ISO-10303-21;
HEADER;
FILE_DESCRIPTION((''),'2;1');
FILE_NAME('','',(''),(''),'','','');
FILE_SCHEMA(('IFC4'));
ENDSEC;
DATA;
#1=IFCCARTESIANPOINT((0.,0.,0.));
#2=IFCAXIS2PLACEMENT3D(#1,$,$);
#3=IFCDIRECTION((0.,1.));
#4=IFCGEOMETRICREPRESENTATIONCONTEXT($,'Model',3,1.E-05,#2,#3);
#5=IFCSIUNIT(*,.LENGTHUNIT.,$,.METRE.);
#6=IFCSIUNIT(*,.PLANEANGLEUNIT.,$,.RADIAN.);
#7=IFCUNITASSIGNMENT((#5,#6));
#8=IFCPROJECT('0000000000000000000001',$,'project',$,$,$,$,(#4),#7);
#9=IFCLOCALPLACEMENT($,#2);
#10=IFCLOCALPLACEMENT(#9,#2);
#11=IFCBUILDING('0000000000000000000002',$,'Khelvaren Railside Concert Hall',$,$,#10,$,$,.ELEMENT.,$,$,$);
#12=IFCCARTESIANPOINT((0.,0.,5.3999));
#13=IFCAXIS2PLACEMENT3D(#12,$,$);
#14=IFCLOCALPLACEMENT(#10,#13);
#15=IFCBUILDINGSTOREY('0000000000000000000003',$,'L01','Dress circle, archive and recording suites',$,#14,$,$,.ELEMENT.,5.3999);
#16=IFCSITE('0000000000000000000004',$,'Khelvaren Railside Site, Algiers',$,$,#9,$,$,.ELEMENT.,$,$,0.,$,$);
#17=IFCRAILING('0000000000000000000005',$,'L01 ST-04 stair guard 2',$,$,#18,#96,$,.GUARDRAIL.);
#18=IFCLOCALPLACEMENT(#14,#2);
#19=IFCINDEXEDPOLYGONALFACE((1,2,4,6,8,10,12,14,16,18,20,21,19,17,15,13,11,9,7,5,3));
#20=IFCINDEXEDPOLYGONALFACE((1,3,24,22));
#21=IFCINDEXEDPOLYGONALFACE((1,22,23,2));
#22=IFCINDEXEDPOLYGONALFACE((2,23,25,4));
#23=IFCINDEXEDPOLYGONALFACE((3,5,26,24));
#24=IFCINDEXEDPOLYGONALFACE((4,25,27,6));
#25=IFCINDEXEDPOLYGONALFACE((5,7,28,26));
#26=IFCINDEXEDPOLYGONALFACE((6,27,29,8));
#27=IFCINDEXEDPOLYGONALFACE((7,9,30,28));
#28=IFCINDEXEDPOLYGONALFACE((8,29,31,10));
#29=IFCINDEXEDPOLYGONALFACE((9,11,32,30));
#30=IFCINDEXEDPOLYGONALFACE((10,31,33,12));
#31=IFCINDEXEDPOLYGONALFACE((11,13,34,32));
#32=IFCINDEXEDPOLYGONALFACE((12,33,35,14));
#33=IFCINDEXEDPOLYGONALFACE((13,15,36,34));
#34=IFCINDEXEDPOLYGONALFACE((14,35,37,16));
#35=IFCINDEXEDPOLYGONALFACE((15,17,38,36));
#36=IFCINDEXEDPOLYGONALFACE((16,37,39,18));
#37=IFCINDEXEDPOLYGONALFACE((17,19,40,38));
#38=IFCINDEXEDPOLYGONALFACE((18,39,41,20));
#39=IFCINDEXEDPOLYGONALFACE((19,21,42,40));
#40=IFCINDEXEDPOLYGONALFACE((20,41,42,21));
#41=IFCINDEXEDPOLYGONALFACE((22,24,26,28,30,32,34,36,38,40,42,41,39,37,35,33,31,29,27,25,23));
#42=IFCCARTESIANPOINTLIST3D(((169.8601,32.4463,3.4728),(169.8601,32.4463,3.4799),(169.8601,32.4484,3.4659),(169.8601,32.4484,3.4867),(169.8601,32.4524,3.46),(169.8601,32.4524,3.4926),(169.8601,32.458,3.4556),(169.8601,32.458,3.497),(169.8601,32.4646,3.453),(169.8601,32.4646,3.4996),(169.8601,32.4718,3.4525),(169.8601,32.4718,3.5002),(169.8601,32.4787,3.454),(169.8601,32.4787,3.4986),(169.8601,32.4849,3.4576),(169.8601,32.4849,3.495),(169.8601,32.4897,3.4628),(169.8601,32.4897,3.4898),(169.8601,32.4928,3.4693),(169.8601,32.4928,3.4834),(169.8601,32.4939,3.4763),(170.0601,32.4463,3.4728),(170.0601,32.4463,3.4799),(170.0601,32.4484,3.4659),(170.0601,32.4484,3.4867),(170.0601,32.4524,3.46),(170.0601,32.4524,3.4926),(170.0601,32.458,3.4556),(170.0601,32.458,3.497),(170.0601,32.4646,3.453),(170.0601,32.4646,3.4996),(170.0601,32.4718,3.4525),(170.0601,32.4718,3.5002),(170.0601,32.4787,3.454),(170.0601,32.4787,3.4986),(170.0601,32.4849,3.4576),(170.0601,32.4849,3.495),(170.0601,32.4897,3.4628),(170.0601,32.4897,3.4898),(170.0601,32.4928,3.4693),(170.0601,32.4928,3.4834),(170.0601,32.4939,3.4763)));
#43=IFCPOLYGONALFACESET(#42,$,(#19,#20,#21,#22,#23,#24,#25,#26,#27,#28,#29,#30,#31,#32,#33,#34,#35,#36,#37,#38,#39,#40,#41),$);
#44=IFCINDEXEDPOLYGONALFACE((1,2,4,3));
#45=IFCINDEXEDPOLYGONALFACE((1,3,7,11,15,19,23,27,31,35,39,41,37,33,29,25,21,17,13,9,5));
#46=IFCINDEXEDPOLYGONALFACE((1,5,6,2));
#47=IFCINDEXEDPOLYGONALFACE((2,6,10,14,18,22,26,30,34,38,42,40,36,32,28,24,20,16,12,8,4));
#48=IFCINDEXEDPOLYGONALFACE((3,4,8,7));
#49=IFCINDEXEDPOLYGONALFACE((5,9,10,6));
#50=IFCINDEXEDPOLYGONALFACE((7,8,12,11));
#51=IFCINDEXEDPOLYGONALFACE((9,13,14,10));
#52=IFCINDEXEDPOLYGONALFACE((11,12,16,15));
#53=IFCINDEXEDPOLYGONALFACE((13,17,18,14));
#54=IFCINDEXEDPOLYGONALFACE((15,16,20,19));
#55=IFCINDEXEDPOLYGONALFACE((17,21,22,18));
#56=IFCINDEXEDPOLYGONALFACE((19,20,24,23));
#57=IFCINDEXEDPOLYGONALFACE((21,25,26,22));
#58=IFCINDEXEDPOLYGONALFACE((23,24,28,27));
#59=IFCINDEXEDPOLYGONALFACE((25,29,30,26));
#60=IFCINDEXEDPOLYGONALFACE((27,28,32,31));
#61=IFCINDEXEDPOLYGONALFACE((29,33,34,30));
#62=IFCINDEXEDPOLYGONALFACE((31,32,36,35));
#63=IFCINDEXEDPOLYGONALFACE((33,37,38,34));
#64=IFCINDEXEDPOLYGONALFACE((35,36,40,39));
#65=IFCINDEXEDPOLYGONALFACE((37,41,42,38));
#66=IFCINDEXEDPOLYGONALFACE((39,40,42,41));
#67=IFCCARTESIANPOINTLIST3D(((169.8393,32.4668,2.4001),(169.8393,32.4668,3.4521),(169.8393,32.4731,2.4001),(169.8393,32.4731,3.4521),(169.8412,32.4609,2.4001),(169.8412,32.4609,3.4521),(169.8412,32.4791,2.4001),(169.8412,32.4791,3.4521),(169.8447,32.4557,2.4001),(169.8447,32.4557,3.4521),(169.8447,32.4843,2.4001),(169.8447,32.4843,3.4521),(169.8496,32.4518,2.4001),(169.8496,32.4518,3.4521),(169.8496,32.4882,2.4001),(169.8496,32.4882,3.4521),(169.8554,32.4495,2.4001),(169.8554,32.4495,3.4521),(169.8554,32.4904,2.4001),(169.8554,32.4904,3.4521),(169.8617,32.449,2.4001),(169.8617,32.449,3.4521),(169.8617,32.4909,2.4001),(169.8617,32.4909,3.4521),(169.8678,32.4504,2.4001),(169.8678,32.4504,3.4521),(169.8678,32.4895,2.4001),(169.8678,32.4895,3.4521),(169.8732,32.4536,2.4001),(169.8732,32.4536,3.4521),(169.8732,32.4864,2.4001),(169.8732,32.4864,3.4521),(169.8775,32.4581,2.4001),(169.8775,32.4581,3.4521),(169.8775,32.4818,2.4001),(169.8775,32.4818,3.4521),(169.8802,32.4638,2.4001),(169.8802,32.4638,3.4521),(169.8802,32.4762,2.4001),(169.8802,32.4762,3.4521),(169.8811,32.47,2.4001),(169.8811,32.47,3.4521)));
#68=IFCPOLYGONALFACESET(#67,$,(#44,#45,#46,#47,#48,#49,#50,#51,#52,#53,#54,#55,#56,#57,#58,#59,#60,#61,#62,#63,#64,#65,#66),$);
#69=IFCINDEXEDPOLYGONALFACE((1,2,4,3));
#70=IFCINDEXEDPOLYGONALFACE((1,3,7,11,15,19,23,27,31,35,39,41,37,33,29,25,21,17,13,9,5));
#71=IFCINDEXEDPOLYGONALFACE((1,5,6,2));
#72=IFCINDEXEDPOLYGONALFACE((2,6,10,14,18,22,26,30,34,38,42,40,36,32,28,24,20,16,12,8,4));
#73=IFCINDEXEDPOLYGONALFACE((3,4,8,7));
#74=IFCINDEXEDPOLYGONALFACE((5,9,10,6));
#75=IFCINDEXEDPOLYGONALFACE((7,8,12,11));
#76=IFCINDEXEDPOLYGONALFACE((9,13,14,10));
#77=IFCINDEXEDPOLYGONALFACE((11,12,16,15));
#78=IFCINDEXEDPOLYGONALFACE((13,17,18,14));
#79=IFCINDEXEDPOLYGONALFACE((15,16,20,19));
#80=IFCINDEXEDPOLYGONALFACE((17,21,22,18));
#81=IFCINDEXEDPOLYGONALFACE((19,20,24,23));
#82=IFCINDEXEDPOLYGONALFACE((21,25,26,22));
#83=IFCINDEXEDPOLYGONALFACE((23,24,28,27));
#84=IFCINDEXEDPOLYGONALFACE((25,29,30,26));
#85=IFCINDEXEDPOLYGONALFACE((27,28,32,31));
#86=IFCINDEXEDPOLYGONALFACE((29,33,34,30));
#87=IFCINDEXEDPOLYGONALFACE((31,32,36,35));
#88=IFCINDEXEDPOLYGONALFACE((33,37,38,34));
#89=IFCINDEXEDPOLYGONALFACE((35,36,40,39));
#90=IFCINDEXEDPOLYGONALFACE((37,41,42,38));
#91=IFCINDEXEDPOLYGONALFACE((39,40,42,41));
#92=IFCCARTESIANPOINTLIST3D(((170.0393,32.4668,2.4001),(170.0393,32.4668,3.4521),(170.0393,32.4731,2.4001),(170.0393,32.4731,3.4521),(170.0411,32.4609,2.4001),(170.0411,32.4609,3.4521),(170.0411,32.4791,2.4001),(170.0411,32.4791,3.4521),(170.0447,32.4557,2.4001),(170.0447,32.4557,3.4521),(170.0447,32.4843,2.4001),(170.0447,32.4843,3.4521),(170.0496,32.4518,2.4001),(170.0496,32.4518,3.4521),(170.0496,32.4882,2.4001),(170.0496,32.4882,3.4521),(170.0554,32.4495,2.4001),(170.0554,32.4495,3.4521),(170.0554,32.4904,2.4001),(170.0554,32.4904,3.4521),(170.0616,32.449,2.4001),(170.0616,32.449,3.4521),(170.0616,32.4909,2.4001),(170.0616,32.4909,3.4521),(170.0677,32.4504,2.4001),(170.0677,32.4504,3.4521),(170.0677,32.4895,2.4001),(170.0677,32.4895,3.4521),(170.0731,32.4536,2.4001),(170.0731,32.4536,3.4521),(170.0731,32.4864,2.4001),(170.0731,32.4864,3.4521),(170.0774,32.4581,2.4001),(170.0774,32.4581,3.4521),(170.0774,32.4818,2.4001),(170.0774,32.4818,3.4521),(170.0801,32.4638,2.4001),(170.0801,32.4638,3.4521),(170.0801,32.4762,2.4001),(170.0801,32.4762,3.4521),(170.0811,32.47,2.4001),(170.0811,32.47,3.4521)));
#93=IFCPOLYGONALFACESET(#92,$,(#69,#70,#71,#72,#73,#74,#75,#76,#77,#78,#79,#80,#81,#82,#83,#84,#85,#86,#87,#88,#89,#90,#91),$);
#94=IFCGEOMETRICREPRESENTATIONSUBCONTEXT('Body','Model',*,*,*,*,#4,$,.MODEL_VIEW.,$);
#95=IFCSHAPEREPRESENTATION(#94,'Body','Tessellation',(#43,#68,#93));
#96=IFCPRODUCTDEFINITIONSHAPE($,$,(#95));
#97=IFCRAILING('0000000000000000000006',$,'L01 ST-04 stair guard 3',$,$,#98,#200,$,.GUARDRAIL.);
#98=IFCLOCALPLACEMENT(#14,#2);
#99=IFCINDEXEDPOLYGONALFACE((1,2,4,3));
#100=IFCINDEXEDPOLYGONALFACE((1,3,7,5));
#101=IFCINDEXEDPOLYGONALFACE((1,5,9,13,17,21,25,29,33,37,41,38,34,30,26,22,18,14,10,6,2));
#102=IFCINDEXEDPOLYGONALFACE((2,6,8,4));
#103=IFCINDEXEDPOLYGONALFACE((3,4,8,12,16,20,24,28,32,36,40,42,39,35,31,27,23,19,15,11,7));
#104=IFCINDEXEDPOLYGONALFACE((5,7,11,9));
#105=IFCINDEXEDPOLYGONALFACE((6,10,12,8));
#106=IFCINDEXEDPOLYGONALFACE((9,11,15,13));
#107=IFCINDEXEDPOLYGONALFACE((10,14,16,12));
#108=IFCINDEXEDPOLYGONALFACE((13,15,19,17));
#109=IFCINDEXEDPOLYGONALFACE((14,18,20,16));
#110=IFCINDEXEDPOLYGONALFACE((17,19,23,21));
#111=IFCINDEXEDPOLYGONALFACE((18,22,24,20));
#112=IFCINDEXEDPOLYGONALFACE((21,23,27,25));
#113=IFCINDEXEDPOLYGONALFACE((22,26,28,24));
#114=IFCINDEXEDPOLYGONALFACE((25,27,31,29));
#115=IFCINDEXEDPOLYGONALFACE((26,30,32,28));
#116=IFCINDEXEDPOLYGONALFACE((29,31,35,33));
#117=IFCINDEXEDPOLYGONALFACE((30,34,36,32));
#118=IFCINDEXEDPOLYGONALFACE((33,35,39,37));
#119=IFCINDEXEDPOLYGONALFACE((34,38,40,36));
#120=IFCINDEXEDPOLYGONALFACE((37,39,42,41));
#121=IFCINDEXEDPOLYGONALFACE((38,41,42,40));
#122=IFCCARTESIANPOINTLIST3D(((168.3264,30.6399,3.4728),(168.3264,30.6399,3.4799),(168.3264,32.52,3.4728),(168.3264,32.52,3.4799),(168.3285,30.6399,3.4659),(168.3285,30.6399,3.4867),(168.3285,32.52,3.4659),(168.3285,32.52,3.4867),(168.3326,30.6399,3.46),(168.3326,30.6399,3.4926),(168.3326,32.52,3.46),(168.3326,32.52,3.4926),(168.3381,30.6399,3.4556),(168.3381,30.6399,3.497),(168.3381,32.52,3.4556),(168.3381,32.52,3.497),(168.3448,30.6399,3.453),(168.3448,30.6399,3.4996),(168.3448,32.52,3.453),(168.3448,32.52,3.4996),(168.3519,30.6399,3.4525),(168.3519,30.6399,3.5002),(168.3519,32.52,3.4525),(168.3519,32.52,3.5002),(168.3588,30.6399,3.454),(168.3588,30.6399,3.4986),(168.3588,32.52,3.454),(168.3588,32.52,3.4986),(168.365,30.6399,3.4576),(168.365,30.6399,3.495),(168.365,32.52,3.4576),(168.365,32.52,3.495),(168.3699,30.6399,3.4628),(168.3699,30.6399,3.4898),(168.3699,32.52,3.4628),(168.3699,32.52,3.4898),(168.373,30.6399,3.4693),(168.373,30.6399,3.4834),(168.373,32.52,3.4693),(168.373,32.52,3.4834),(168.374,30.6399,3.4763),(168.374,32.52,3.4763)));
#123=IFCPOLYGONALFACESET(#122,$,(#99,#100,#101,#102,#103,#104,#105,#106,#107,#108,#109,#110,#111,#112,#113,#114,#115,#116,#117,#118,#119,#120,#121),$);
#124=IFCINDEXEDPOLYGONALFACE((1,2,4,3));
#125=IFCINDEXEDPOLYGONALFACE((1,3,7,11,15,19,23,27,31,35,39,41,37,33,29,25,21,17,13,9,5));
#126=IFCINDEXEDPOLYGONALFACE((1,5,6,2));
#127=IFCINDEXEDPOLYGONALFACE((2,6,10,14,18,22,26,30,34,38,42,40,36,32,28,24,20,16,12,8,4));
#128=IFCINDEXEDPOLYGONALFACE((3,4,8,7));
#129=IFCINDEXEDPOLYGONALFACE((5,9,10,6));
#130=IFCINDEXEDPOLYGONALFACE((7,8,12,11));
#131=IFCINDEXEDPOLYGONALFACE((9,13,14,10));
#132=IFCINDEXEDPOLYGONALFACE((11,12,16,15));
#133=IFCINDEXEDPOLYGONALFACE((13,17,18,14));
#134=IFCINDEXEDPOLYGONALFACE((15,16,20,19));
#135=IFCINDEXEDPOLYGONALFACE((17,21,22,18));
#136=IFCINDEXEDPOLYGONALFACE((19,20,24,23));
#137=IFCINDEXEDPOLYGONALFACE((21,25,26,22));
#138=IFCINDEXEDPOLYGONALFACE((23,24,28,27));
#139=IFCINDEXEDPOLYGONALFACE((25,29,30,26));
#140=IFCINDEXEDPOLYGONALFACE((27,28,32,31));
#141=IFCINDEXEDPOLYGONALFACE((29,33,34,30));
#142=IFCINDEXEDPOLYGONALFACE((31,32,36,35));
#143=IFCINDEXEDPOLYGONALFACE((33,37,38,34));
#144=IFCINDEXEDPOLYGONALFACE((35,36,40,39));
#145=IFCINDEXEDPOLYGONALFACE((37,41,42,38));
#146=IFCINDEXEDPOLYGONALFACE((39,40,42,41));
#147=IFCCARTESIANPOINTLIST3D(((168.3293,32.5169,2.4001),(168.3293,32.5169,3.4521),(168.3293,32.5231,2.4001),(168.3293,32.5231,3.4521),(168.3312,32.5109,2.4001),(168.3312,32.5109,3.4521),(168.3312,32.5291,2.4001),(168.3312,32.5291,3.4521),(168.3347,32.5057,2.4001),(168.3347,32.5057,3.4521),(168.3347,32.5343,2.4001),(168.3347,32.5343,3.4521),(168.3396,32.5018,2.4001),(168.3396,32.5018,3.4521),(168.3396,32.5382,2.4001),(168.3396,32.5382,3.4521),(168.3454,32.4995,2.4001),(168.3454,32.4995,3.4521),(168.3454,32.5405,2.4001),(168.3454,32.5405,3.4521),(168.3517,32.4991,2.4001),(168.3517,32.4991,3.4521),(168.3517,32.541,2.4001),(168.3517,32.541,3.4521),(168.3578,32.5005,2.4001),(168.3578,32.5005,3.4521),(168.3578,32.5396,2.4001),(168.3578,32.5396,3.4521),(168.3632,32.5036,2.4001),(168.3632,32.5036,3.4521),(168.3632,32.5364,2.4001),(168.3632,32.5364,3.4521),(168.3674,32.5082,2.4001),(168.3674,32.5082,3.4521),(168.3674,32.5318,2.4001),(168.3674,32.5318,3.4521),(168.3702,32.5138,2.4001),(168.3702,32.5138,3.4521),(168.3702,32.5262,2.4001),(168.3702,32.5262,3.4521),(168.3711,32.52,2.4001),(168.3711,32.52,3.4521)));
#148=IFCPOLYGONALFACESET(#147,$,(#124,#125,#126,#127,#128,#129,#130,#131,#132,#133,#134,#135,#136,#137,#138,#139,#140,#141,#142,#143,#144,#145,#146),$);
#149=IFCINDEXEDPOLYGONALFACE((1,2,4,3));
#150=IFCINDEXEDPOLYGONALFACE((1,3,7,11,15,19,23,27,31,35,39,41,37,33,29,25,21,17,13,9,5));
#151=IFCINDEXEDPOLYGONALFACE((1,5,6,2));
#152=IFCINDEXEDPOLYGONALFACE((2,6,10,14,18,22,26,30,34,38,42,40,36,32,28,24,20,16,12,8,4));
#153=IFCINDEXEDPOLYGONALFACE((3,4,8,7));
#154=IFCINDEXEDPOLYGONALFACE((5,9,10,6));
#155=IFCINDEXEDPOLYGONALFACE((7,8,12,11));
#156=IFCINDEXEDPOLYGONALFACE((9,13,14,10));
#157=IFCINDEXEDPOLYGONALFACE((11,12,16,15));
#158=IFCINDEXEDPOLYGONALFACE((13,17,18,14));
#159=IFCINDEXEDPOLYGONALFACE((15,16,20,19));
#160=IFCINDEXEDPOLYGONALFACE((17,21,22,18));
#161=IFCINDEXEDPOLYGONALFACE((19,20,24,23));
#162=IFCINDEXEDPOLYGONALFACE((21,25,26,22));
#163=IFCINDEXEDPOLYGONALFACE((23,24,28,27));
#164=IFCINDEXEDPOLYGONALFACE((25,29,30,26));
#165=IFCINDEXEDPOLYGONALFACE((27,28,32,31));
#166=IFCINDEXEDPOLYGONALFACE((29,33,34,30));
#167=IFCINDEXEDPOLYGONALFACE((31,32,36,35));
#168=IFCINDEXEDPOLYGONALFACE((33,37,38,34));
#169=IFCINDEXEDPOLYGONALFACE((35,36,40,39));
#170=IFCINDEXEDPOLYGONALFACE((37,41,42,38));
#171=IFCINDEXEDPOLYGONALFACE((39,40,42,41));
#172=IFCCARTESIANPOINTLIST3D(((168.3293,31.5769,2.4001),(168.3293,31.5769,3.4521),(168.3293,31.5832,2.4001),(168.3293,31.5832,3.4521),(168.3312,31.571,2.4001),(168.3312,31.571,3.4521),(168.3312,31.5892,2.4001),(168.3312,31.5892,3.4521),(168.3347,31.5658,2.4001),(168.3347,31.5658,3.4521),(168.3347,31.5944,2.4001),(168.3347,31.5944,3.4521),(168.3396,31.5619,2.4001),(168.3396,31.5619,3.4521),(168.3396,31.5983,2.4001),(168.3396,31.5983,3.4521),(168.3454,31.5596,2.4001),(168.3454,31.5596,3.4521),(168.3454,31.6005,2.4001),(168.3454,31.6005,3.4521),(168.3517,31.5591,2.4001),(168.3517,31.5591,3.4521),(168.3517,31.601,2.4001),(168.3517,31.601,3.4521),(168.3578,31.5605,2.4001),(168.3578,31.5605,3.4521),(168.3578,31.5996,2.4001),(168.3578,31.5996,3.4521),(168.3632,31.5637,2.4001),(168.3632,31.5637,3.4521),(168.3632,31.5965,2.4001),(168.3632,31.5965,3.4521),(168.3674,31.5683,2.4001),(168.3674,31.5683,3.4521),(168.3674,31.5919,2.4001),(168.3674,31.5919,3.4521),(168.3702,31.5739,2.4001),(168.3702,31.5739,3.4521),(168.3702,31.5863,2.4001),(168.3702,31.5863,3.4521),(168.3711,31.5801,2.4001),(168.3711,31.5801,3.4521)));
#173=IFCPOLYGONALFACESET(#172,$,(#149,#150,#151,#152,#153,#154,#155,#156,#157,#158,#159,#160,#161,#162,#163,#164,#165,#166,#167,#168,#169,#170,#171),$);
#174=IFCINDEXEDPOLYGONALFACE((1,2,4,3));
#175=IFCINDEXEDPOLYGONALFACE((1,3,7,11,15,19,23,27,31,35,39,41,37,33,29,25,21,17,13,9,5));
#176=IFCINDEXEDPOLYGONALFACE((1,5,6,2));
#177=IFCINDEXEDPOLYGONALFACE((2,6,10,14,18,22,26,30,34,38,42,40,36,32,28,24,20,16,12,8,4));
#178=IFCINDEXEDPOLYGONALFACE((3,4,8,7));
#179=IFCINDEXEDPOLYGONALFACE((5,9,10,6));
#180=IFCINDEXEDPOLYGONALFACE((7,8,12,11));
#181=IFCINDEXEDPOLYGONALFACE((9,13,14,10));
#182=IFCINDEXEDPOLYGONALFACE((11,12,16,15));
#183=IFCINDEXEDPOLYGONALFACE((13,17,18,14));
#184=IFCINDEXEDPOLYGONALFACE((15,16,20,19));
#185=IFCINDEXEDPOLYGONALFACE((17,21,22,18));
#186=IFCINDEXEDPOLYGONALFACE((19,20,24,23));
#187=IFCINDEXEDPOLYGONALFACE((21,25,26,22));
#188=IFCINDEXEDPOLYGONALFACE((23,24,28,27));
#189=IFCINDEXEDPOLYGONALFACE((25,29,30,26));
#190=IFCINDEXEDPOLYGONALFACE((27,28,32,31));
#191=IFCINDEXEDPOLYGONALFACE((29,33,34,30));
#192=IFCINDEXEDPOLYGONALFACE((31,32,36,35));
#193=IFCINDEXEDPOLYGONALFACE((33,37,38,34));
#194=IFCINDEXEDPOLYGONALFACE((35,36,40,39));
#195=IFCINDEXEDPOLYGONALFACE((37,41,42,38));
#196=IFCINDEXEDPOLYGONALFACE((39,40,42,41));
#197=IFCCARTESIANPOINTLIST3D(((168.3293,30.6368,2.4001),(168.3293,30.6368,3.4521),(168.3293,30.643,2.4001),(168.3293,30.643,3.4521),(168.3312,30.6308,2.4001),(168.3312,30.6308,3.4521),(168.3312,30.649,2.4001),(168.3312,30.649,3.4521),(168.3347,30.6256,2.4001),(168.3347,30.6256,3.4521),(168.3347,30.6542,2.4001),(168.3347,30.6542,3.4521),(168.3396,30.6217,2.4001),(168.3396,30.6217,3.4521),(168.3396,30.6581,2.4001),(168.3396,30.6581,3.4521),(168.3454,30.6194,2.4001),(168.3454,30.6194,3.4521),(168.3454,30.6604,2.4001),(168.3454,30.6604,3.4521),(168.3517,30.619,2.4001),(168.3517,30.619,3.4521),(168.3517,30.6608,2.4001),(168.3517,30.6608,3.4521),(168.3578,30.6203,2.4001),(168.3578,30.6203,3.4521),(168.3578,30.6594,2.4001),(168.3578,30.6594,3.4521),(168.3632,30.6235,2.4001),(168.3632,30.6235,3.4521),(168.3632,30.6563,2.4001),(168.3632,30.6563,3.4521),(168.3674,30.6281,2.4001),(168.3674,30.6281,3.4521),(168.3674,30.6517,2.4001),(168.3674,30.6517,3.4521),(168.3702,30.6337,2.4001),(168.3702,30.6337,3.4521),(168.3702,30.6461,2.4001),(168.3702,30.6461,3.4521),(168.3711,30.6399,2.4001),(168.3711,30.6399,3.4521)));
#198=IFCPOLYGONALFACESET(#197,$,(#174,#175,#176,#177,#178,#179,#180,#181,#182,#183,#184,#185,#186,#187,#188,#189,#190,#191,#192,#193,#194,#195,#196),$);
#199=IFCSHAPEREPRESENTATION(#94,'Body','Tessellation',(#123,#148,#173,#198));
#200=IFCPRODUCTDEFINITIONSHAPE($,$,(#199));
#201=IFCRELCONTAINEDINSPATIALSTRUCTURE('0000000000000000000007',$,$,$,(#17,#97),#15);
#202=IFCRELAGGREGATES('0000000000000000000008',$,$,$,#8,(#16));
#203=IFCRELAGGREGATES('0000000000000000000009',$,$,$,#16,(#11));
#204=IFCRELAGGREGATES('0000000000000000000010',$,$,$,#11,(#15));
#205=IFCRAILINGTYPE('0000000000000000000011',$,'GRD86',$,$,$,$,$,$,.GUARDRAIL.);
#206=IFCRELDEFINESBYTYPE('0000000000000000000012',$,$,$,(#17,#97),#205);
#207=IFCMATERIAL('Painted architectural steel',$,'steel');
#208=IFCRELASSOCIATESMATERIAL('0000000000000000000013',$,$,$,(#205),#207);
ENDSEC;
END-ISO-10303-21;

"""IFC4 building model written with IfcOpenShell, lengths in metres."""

from ifc_helpers import new_model, si_unit, direction, frame, origin, origin_2d, place, context, subcontext, project, spatial, circle, extrude, material, type_object, element, save


model = new_model("IFC4")

# Units and contexts
model_context = context("Model", 3, precision=1e-05, world=origin(), true_north=direction((0.0, 1.0)))
body_context = subcontext(model_context, "Body", "Model", "MODEL_VIEW")
ifc_project = project(units=[si_unit("LENGTHUNIT", "METRE"), si_unit("PLANEANGLEUNIT", "RADIAN")], contexts=[model_context])

# Site, building, storey
site_placement = place(None, origin())
site = spatial("IfcSite", under=ifc_project, at=site_placement, Name="Khelvaren Railside Site, Algiers", CompositionType="ELEMENT", RefElevation=0.0)
building_placement = place(site_placement, origin())
building = spatial("IfcBuilding", under=site, at=building_placement, Name="Khelvaren Railside Concert Hall", CompositionType="ELEMENT")
storey_placement = place(building_placement, frame((0.0, 0.0, 5.3999)))
storey = spatial("IfcBuildingStorey", under=building, at=storey_placement, Name="L01", Description="Dress circle, archive and recording suites", CompositionType="ELEMENT", Elevation=5.3999)

# Railings
ifc_material_1 = material(Name="Painted architectural steel", Category="steel")
railing_type_1 = type_object("IfcRailingType", Name="GRD86", PredefinedType="GUARDRAIL", material=ifc_material_1)
railing_1_placement = place(storey_placement, frame((169.8601, 32.47, 2.4001)))
element("IfcRailing", 1, at=railing_1_placement, inside=storey, type_object=railing_type_1, Name="L01 ST-04 stair guard 2", PredefinedType="GUARDRAIL", context=body_context, shape_type="SweptSolid", body=[
    extrude(circle(Radius=0.0239, at=origin_2d()), frame((0.0, 0.0, 1.0762), z_axis=(1.0, 0.0, 0.0), x_axis=(0.0, 1.0, 0.0)), (0.0, 0.0, 1.0), 0.2),
    extrude(circle(Radius=0.021, at=origin_2d()), origin(), (0.0, 0.0, 1.0), 1.052),
    extrude(circle(Radius=0.021, at=origin_2d()), frame((0.2, 0.0, 0.0)), (0.0, 0.0, 1.0), 1.052),
])
railing_2_placement = place(storey_placement, frame((168.3501, 32.52, 2.4001)))
element("IfcRailing", 2, at=railing_2_placement, inside=storey, type_object=railing_type_1, Name="L01 ST-04 stair guard 3", PredefinedType="GUARDRAIL", context=body_context, shape_type="SweptSolid", body=[
    extrude(circle(Radius=0.0239, at=origin_2d()), frame((0.0, 0.0, 1.0762), z_axis=(0.0, -1.0, 0.0), x_axis=(1.0, 0.0, 0.0)), (0.0, 0.0, 1.0), 1.8801),
    extrude(circle(Radius=0.021, at=origin_2d()), origin(), (0.0, 0.0, 1.0), 1.052),
    extrude(circle(Radius=0.021, at=origin_2d()), frame((0.0, -0.9399, 0.0)), (0.0, 0.0, 1.0), 1.052),
    extrude(circle(Radius=0.021, at=origin_2d()), frame((0.0, -1.8801, 0.0)), (0.0, 0.0, 1.0), 1.052),
])

save(model, "model.ifc")
